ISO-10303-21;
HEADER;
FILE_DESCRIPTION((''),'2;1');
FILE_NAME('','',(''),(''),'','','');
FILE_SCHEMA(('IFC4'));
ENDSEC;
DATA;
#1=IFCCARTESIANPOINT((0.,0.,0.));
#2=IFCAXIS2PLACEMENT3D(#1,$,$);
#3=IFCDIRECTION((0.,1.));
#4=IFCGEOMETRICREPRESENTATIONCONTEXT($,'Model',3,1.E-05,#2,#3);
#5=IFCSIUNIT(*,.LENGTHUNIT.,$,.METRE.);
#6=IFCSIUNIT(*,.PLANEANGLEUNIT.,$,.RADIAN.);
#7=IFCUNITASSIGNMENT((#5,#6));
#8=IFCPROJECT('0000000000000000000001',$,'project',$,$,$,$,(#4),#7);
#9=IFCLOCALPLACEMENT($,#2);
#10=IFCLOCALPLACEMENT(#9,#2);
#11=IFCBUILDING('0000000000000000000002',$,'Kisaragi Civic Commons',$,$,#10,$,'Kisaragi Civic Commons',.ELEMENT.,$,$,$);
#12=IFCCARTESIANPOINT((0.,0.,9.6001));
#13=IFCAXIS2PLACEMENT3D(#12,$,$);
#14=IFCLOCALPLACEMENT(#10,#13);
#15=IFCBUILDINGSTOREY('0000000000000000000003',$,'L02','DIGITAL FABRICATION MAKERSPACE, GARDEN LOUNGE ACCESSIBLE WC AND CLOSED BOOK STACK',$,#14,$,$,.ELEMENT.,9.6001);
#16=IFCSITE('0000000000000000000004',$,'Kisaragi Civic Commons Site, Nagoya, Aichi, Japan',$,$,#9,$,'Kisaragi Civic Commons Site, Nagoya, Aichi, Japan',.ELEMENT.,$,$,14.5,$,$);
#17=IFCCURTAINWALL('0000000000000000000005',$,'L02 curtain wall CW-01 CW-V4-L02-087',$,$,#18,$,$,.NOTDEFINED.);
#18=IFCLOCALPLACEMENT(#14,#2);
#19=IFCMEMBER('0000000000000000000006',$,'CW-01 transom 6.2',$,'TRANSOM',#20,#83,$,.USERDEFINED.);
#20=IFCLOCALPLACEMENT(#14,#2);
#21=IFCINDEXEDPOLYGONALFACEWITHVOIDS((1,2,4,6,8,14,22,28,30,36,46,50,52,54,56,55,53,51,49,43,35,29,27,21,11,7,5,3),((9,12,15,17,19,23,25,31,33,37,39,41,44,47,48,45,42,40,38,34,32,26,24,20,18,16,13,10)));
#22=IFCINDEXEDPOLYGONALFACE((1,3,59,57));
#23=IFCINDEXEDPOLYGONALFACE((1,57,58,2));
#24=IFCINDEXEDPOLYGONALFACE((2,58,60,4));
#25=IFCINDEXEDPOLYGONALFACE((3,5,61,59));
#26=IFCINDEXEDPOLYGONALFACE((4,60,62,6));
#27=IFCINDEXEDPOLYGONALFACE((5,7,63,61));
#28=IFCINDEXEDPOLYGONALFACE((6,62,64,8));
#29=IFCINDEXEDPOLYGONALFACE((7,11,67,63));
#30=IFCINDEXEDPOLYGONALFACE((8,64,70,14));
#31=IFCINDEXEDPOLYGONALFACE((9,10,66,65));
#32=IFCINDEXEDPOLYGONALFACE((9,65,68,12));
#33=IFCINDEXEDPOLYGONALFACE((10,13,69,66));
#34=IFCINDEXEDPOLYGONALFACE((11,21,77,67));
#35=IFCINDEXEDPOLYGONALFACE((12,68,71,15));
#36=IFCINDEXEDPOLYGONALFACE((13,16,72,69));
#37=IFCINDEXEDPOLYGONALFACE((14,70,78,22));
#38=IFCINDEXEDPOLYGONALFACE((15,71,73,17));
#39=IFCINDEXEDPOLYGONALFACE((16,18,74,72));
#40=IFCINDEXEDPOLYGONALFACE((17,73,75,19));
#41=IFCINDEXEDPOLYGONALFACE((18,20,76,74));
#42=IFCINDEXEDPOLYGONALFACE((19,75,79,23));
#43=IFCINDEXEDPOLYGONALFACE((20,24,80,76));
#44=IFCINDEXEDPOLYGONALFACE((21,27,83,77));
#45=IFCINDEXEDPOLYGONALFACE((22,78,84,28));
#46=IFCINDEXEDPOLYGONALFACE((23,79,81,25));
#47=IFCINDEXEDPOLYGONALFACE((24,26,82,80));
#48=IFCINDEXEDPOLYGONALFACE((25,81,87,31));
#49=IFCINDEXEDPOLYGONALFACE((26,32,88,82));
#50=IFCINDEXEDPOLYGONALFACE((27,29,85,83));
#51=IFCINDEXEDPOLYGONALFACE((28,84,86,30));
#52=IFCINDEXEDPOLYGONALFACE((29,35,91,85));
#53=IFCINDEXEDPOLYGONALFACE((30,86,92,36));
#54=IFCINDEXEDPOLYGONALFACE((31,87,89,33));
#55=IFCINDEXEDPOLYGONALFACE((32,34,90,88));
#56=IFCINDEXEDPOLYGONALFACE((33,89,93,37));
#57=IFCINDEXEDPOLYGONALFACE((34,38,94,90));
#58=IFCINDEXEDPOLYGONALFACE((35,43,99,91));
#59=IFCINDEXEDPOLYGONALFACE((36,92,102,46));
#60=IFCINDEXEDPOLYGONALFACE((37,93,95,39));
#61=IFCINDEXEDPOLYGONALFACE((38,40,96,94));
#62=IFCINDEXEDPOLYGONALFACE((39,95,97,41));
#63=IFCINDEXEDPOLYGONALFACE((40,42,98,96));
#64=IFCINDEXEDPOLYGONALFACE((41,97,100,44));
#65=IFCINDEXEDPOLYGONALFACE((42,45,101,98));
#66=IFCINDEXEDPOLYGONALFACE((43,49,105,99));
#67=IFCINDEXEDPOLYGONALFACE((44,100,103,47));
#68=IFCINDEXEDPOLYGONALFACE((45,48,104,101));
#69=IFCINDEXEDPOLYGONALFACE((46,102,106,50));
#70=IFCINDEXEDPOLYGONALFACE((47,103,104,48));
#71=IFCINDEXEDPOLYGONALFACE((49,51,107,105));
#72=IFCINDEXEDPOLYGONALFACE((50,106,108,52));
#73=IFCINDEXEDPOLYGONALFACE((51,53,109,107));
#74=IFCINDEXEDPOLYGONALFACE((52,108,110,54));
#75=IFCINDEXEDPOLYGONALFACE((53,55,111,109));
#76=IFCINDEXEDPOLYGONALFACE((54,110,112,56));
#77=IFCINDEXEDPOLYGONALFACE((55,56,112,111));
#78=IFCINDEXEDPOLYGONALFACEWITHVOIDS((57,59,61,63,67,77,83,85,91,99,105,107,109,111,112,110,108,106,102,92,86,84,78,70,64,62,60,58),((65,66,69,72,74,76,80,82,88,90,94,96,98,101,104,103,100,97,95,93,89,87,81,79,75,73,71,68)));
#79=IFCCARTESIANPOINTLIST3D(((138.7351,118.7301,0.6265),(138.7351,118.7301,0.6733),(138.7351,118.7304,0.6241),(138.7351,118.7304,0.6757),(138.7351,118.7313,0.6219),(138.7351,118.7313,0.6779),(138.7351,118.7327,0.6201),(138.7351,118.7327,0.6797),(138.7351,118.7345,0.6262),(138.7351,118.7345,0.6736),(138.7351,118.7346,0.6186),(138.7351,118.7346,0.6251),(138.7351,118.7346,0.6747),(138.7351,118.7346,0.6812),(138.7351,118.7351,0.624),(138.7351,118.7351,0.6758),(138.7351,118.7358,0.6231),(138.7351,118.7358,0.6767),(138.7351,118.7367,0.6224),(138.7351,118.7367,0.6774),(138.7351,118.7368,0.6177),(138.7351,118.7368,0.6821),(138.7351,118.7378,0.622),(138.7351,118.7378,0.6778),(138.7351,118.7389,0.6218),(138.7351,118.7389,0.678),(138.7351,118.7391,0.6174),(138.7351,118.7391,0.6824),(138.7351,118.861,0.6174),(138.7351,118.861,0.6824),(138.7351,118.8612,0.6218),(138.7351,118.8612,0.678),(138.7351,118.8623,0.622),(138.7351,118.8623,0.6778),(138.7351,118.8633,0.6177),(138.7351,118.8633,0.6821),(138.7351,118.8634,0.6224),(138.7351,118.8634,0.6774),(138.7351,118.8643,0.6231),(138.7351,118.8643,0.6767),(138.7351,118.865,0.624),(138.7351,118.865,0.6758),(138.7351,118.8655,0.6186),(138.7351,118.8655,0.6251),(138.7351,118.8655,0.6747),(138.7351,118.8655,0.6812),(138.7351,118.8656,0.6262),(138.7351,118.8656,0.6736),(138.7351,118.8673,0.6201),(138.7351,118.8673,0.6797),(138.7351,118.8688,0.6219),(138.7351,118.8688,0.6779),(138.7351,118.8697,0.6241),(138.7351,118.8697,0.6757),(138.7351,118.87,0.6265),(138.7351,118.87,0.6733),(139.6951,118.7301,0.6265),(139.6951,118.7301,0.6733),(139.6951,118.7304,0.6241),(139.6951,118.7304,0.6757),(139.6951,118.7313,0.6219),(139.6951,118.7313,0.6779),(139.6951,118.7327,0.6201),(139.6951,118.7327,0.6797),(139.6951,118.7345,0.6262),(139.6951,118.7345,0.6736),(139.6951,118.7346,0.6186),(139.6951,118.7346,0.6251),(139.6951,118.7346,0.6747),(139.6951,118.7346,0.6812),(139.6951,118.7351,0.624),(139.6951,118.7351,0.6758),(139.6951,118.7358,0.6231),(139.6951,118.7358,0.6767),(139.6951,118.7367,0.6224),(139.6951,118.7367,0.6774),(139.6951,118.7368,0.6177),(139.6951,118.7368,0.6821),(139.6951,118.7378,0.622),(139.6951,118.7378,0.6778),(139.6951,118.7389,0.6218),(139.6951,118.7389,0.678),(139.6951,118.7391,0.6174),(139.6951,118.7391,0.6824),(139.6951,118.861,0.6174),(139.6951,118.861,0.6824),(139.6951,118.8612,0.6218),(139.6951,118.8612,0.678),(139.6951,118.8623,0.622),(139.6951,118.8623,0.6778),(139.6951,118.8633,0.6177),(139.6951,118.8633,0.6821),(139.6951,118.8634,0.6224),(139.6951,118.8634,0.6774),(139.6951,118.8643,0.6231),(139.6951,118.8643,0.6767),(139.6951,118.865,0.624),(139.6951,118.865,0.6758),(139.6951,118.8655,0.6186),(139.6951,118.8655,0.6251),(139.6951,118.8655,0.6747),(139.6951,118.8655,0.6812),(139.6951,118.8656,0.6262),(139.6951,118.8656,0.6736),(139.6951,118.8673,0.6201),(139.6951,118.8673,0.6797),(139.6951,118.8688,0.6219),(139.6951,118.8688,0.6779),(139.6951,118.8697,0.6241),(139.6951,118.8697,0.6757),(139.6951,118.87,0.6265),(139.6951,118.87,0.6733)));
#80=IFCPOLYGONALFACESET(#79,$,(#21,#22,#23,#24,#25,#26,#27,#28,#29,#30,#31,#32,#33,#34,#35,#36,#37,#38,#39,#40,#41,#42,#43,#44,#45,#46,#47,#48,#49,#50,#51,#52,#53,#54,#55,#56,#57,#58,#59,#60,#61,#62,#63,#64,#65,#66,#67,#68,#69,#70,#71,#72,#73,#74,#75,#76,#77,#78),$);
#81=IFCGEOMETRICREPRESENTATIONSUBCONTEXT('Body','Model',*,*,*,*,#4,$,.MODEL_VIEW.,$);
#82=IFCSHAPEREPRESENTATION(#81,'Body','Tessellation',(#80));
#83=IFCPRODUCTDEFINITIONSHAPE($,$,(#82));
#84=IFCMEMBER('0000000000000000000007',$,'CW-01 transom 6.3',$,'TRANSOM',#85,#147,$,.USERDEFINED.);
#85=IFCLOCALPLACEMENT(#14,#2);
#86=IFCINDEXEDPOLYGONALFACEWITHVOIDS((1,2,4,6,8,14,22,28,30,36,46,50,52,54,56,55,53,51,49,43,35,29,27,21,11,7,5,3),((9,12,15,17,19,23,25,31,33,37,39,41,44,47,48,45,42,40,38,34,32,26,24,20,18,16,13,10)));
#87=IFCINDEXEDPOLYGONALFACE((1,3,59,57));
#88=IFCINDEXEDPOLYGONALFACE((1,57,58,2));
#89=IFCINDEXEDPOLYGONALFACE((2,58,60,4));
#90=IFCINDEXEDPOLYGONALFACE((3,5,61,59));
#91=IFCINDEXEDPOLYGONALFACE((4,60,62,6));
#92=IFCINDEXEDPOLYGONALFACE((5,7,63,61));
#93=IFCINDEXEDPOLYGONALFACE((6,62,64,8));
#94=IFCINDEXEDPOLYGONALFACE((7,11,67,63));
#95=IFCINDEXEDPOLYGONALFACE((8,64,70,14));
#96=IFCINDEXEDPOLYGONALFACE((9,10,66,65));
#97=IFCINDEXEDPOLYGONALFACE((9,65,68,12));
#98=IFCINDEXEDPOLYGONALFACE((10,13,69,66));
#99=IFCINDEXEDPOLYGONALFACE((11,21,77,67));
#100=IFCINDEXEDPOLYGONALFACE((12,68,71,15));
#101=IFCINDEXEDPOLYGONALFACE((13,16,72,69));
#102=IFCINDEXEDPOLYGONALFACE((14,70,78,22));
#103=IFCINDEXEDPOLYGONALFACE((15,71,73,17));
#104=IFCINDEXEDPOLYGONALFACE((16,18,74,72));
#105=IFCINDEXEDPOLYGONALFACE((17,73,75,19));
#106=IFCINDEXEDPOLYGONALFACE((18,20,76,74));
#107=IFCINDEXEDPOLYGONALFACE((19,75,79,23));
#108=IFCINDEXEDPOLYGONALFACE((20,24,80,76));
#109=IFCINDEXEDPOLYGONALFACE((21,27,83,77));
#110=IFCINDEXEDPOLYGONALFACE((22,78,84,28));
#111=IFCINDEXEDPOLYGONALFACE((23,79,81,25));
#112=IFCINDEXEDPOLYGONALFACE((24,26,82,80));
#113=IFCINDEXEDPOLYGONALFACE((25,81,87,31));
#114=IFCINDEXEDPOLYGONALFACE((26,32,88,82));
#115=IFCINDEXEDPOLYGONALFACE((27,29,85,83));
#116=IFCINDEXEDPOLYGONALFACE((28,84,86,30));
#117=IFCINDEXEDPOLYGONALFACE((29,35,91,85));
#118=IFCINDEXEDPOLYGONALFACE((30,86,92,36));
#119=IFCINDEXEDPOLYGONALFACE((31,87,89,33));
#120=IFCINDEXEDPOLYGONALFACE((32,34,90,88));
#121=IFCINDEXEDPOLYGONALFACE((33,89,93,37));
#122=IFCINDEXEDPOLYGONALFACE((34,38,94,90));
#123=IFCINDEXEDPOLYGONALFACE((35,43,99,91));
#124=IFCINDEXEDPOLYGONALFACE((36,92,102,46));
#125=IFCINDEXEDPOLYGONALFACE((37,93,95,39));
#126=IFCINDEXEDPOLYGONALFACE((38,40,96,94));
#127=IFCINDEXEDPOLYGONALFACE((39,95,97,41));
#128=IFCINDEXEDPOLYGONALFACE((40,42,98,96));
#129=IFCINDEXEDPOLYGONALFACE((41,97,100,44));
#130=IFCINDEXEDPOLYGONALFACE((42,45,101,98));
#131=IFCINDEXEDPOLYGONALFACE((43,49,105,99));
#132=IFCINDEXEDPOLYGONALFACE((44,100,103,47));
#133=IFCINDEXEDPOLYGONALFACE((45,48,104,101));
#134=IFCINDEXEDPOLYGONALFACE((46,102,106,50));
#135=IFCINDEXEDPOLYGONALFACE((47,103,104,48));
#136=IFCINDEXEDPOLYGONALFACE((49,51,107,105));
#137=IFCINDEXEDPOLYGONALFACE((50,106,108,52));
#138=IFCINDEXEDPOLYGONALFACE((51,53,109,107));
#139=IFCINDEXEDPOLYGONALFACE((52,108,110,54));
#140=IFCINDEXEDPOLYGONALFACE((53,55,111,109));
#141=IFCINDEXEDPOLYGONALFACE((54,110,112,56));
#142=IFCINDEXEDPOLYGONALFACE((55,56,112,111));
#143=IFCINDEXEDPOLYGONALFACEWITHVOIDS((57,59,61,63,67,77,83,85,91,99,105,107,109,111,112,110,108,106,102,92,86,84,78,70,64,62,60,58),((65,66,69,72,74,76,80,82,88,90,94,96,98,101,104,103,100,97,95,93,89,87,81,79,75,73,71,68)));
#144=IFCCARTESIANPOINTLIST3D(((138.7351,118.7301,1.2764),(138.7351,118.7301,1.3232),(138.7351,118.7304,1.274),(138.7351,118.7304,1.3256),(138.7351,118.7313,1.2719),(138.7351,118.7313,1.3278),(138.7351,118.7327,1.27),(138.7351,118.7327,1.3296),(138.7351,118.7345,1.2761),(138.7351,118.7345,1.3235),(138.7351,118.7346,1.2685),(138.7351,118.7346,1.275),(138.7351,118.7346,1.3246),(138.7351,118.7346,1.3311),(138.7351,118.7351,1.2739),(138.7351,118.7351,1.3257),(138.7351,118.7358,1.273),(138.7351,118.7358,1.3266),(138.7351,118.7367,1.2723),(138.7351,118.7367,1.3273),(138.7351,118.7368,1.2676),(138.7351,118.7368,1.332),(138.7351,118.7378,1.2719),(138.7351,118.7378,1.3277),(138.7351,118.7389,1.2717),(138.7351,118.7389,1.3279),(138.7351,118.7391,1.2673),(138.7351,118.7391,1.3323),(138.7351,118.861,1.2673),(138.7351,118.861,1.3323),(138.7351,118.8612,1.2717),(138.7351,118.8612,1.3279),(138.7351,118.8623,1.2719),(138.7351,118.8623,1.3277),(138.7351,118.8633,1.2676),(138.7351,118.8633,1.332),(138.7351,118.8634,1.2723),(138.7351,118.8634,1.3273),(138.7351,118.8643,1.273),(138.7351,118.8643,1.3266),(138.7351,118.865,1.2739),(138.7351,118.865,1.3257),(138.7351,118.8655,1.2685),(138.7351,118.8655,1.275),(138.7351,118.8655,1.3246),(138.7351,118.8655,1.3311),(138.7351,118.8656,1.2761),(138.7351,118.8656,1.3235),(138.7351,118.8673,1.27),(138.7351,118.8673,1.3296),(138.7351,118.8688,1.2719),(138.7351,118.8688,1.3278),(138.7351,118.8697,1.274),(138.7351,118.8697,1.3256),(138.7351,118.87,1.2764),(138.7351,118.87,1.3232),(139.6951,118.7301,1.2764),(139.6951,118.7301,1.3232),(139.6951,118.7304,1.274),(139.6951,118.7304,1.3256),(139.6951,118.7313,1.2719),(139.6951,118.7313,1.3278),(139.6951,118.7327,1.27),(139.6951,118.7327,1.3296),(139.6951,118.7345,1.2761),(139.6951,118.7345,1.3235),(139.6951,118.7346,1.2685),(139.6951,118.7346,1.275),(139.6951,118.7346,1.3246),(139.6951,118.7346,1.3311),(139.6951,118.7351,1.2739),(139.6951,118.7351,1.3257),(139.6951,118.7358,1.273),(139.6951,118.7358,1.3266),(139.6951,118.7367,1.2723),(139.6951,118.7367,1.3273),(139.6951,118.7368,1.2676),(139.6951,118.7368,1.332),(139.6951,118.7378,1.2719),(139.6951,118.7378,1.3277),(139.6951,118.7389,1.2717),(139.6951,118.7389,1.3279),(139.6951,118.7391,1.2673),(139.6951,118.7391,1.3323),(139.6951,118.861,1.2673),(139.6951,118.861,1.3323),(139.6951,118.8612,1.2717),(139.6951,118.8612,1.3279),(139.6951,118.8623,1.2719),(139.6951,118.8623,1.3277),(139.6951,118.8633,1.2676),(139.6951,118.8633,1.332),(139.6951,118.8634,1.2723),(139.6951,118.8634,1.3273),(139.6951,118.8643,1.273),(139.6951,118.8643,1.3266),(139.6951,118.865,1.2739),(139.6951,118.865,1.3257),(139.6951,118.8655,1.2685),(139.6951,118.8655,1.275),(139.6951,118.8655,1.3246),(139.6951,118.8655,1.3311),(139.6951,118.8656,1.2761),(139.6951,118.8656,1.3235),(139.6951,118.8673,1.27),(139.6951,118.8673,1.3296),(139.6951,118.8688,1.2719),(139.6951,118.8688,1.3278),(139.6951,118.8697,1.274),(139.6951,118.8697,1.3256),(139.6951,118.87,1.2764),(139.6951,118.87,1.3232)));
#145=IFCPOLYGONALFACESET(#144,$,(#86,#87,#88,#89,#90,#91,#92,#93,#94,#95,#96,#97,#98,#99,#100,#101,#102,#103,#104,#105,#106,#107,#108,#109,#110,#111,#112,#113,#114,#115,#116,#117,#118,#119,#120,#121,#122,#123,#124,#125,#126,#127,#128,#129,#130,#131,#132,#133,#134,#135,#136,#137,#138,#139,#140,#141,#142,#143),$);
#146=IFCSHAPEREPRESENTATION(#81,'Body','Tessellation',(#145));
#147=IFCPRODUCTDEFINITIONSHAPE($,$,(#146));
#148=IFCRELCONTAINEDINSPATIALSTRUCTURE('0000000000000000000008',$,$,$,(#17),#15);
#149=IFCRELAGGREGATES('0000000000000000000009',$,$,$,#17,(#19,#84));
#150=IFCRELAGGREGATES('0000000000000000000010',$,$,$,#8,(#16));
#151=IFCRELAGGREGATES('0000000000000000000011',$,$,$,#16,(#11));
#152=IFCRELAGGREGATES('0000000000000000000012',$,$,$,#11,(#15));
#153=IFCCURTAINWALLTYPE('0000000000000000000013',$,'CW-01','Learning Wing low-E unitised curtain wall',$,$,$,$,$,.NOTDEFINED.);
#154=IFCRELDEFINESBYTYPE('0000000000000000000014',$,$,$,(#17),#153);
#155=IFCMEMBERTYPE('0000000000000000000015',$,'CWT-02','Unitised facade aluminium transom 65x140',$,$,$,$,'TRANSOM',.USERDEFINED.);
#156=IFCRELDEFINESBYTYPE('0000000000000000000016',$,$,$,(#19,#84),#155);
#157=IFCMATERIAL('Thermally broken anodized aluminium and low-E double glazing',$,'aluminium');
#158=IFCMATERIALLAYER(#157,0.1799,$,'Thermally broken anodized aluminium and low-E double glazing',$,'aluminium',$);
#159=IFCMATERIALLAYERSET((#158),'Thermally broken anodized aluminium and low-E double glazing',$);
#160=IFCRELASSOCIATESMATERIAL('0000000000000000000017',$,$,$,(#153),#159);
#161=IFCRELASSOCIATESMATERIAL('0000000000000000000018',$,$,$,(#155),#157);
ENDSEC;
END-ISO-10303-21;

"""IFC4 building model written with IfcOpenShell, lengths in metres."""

from ifc_helpers import new_model, si_unit, direction, frame, origin, origin_2d, place, context, subcontext, project, spatial, hollow_rectangle, extrude, material, layer, layer_set, material_profile, profile_set, type_object, element, aggregate, save


model = new_model("IFC4")

# Units and contexts
model_context = context("Model", 3, precision=1e-05, world=origin(), true_north=direction((0.0, 1.0)))
body_context = subcontext(model_context, "Body", "Model", "MODEL_VIEW")
ifc_project = project(units=[si_unit("LENGTHUNIT", "METRE"), si_unit("PLANEANGLEUNIT", "RADIAN")], contexts=[model_context])

# Site, building, storey
site_placement = place(None, origin())
site = spatial("IfcSite", under=ifc_project, at=site_placement, Name="Kisaragi Civic Commons Site, Nagoya, Aichi, Japan", LongName="Kisaragi Civic Commons Site, Nagoya, Aichi, Japan", CompositionType="ELEMENT", RefElevation=14.5)
building_placement = place(site_placement, origin())
building = spatial("IfcBuilding", under=site, at=building_placement, Name="Kisaragi Civic Commons", LongName="Kisaragi Civic Commons", CompositionType="ELEMENT")
storey_placement = place(building_placement, frame((0.0, 0.0, 9.6001)))
storey = spatial("IfcBuildingStorey", under=building, at=storey_placement, Name="L02", Description="DIGITAL FABRICATION MAKERSPACE, GARDEN LOUNGE ACCESSIBLE WC AND CLOSED BOOK STACK", CompositionType="ELEMENT", Elevation=9.6001)

# Curtain wall
ifc_material = material(Name="Thermally broken anodized aluminium and low-E double glazing", Category="aluminium")
ifc_layer_1 = layer(ifc_material, 0.1799, Name="Thermally broken anodized aluminium and low-E double glazing", Category="aluminium")
ifc_layer_set_1 = layer_set([ifc_layer_1], Name="Thermally broken anodized aluminium and low-E double glazing")
curtain_wall_type = type_object("IfcCurtainWallType", Name="CW-01", Description="Learning Wing low-E unitised curtain wall", PredefinedType="NOTDEFINED", material=ifc_layer_set_1)
curtain_wall_1_placement = place(storey_placement, origin())
curtain_wall_1 = element("IfcCurtainWall", 1, at=curtain_wall_1_placement, inside=storey, type_object=curtain_wall_type, Name="L02 curtain wall CW-01 CW-V4-L02-087", PredefinedType="NOTDEFINED")

# Members
ifc_material_profile_1 = material_profile(ifc_material, hollow_rectangle(XDim=0.1399, YDim=0.0649, WallThickness=0.0044, InnerFilletRadius=0.0044, OuterFilletRadius=0.009, at=origin_2d()), Name="CWT-65x140x4.5", Category="aluminium")
ifc_profile_set_1 = profile_set([ifc_material_profile_1], Name="Thermally broken anodized aluminium and low-E double glazing")
member_type_1 = type_object("IfcMemberType", Name="CWT-02", Description="Unitised facade aluminium transom 65x140", ElementType="TRANSOM", PredefinedType="USERDEFINED", material=ifc_profile_set_1)
member_1_placement = place(storey_placement, frame((138.7351, 118.8, 0.6499), z_axis=(1.0, 0.0, 0.0), x_axis=(0.0, 1.0, 0.0)))
member_1 = element("IfcMember", 2, at=member_1_placement, type_object=member_type_1, Name="CW-01 transom 6.2", ObjectType="TRANSOM", PredefinedType="USERDEFINED", context=body_context, shape_type="SweptSolid", body=[
    extrude(hollow_rectangle(XDim=0.1399, YDim=0.0649, WallThickness=0.0044, InnerFilletRadius=0.0044, OuterFilletRadius=0.009, at=origin_2d()), origin(), (0.0, 0.0, 1.0), 0.96),
])
member_2_placement = place(storey_placement, frame((138.7351, 118.8, 1.2998), z_axis=(1.0, 0.0, 0.0), x_axis=(0.0, 1.0, 0.0)))
member_2 = element("IfcMember", 3, at=member_2_placement, type_object=member_type_1, Name="CW-01 transom 6.3", ObjectType="TRANSOM", PredefinedType="USERDEFINED", context=body_context, shape_type="SweptSolid", body=[
    extrude(hollow_rectangle(XDim=0.1399, YDim=0.0649, WallThickness=0.0044, InnerFilletRadius=0.0044, OuterFilletRadius=0.009, at=origin_2d()), origin(), (0.0, 0.0, 1.0), 0.96),
])

aggregate(curtain_wall_1, [member_1, member_2])

save(model, "model.ifc")
